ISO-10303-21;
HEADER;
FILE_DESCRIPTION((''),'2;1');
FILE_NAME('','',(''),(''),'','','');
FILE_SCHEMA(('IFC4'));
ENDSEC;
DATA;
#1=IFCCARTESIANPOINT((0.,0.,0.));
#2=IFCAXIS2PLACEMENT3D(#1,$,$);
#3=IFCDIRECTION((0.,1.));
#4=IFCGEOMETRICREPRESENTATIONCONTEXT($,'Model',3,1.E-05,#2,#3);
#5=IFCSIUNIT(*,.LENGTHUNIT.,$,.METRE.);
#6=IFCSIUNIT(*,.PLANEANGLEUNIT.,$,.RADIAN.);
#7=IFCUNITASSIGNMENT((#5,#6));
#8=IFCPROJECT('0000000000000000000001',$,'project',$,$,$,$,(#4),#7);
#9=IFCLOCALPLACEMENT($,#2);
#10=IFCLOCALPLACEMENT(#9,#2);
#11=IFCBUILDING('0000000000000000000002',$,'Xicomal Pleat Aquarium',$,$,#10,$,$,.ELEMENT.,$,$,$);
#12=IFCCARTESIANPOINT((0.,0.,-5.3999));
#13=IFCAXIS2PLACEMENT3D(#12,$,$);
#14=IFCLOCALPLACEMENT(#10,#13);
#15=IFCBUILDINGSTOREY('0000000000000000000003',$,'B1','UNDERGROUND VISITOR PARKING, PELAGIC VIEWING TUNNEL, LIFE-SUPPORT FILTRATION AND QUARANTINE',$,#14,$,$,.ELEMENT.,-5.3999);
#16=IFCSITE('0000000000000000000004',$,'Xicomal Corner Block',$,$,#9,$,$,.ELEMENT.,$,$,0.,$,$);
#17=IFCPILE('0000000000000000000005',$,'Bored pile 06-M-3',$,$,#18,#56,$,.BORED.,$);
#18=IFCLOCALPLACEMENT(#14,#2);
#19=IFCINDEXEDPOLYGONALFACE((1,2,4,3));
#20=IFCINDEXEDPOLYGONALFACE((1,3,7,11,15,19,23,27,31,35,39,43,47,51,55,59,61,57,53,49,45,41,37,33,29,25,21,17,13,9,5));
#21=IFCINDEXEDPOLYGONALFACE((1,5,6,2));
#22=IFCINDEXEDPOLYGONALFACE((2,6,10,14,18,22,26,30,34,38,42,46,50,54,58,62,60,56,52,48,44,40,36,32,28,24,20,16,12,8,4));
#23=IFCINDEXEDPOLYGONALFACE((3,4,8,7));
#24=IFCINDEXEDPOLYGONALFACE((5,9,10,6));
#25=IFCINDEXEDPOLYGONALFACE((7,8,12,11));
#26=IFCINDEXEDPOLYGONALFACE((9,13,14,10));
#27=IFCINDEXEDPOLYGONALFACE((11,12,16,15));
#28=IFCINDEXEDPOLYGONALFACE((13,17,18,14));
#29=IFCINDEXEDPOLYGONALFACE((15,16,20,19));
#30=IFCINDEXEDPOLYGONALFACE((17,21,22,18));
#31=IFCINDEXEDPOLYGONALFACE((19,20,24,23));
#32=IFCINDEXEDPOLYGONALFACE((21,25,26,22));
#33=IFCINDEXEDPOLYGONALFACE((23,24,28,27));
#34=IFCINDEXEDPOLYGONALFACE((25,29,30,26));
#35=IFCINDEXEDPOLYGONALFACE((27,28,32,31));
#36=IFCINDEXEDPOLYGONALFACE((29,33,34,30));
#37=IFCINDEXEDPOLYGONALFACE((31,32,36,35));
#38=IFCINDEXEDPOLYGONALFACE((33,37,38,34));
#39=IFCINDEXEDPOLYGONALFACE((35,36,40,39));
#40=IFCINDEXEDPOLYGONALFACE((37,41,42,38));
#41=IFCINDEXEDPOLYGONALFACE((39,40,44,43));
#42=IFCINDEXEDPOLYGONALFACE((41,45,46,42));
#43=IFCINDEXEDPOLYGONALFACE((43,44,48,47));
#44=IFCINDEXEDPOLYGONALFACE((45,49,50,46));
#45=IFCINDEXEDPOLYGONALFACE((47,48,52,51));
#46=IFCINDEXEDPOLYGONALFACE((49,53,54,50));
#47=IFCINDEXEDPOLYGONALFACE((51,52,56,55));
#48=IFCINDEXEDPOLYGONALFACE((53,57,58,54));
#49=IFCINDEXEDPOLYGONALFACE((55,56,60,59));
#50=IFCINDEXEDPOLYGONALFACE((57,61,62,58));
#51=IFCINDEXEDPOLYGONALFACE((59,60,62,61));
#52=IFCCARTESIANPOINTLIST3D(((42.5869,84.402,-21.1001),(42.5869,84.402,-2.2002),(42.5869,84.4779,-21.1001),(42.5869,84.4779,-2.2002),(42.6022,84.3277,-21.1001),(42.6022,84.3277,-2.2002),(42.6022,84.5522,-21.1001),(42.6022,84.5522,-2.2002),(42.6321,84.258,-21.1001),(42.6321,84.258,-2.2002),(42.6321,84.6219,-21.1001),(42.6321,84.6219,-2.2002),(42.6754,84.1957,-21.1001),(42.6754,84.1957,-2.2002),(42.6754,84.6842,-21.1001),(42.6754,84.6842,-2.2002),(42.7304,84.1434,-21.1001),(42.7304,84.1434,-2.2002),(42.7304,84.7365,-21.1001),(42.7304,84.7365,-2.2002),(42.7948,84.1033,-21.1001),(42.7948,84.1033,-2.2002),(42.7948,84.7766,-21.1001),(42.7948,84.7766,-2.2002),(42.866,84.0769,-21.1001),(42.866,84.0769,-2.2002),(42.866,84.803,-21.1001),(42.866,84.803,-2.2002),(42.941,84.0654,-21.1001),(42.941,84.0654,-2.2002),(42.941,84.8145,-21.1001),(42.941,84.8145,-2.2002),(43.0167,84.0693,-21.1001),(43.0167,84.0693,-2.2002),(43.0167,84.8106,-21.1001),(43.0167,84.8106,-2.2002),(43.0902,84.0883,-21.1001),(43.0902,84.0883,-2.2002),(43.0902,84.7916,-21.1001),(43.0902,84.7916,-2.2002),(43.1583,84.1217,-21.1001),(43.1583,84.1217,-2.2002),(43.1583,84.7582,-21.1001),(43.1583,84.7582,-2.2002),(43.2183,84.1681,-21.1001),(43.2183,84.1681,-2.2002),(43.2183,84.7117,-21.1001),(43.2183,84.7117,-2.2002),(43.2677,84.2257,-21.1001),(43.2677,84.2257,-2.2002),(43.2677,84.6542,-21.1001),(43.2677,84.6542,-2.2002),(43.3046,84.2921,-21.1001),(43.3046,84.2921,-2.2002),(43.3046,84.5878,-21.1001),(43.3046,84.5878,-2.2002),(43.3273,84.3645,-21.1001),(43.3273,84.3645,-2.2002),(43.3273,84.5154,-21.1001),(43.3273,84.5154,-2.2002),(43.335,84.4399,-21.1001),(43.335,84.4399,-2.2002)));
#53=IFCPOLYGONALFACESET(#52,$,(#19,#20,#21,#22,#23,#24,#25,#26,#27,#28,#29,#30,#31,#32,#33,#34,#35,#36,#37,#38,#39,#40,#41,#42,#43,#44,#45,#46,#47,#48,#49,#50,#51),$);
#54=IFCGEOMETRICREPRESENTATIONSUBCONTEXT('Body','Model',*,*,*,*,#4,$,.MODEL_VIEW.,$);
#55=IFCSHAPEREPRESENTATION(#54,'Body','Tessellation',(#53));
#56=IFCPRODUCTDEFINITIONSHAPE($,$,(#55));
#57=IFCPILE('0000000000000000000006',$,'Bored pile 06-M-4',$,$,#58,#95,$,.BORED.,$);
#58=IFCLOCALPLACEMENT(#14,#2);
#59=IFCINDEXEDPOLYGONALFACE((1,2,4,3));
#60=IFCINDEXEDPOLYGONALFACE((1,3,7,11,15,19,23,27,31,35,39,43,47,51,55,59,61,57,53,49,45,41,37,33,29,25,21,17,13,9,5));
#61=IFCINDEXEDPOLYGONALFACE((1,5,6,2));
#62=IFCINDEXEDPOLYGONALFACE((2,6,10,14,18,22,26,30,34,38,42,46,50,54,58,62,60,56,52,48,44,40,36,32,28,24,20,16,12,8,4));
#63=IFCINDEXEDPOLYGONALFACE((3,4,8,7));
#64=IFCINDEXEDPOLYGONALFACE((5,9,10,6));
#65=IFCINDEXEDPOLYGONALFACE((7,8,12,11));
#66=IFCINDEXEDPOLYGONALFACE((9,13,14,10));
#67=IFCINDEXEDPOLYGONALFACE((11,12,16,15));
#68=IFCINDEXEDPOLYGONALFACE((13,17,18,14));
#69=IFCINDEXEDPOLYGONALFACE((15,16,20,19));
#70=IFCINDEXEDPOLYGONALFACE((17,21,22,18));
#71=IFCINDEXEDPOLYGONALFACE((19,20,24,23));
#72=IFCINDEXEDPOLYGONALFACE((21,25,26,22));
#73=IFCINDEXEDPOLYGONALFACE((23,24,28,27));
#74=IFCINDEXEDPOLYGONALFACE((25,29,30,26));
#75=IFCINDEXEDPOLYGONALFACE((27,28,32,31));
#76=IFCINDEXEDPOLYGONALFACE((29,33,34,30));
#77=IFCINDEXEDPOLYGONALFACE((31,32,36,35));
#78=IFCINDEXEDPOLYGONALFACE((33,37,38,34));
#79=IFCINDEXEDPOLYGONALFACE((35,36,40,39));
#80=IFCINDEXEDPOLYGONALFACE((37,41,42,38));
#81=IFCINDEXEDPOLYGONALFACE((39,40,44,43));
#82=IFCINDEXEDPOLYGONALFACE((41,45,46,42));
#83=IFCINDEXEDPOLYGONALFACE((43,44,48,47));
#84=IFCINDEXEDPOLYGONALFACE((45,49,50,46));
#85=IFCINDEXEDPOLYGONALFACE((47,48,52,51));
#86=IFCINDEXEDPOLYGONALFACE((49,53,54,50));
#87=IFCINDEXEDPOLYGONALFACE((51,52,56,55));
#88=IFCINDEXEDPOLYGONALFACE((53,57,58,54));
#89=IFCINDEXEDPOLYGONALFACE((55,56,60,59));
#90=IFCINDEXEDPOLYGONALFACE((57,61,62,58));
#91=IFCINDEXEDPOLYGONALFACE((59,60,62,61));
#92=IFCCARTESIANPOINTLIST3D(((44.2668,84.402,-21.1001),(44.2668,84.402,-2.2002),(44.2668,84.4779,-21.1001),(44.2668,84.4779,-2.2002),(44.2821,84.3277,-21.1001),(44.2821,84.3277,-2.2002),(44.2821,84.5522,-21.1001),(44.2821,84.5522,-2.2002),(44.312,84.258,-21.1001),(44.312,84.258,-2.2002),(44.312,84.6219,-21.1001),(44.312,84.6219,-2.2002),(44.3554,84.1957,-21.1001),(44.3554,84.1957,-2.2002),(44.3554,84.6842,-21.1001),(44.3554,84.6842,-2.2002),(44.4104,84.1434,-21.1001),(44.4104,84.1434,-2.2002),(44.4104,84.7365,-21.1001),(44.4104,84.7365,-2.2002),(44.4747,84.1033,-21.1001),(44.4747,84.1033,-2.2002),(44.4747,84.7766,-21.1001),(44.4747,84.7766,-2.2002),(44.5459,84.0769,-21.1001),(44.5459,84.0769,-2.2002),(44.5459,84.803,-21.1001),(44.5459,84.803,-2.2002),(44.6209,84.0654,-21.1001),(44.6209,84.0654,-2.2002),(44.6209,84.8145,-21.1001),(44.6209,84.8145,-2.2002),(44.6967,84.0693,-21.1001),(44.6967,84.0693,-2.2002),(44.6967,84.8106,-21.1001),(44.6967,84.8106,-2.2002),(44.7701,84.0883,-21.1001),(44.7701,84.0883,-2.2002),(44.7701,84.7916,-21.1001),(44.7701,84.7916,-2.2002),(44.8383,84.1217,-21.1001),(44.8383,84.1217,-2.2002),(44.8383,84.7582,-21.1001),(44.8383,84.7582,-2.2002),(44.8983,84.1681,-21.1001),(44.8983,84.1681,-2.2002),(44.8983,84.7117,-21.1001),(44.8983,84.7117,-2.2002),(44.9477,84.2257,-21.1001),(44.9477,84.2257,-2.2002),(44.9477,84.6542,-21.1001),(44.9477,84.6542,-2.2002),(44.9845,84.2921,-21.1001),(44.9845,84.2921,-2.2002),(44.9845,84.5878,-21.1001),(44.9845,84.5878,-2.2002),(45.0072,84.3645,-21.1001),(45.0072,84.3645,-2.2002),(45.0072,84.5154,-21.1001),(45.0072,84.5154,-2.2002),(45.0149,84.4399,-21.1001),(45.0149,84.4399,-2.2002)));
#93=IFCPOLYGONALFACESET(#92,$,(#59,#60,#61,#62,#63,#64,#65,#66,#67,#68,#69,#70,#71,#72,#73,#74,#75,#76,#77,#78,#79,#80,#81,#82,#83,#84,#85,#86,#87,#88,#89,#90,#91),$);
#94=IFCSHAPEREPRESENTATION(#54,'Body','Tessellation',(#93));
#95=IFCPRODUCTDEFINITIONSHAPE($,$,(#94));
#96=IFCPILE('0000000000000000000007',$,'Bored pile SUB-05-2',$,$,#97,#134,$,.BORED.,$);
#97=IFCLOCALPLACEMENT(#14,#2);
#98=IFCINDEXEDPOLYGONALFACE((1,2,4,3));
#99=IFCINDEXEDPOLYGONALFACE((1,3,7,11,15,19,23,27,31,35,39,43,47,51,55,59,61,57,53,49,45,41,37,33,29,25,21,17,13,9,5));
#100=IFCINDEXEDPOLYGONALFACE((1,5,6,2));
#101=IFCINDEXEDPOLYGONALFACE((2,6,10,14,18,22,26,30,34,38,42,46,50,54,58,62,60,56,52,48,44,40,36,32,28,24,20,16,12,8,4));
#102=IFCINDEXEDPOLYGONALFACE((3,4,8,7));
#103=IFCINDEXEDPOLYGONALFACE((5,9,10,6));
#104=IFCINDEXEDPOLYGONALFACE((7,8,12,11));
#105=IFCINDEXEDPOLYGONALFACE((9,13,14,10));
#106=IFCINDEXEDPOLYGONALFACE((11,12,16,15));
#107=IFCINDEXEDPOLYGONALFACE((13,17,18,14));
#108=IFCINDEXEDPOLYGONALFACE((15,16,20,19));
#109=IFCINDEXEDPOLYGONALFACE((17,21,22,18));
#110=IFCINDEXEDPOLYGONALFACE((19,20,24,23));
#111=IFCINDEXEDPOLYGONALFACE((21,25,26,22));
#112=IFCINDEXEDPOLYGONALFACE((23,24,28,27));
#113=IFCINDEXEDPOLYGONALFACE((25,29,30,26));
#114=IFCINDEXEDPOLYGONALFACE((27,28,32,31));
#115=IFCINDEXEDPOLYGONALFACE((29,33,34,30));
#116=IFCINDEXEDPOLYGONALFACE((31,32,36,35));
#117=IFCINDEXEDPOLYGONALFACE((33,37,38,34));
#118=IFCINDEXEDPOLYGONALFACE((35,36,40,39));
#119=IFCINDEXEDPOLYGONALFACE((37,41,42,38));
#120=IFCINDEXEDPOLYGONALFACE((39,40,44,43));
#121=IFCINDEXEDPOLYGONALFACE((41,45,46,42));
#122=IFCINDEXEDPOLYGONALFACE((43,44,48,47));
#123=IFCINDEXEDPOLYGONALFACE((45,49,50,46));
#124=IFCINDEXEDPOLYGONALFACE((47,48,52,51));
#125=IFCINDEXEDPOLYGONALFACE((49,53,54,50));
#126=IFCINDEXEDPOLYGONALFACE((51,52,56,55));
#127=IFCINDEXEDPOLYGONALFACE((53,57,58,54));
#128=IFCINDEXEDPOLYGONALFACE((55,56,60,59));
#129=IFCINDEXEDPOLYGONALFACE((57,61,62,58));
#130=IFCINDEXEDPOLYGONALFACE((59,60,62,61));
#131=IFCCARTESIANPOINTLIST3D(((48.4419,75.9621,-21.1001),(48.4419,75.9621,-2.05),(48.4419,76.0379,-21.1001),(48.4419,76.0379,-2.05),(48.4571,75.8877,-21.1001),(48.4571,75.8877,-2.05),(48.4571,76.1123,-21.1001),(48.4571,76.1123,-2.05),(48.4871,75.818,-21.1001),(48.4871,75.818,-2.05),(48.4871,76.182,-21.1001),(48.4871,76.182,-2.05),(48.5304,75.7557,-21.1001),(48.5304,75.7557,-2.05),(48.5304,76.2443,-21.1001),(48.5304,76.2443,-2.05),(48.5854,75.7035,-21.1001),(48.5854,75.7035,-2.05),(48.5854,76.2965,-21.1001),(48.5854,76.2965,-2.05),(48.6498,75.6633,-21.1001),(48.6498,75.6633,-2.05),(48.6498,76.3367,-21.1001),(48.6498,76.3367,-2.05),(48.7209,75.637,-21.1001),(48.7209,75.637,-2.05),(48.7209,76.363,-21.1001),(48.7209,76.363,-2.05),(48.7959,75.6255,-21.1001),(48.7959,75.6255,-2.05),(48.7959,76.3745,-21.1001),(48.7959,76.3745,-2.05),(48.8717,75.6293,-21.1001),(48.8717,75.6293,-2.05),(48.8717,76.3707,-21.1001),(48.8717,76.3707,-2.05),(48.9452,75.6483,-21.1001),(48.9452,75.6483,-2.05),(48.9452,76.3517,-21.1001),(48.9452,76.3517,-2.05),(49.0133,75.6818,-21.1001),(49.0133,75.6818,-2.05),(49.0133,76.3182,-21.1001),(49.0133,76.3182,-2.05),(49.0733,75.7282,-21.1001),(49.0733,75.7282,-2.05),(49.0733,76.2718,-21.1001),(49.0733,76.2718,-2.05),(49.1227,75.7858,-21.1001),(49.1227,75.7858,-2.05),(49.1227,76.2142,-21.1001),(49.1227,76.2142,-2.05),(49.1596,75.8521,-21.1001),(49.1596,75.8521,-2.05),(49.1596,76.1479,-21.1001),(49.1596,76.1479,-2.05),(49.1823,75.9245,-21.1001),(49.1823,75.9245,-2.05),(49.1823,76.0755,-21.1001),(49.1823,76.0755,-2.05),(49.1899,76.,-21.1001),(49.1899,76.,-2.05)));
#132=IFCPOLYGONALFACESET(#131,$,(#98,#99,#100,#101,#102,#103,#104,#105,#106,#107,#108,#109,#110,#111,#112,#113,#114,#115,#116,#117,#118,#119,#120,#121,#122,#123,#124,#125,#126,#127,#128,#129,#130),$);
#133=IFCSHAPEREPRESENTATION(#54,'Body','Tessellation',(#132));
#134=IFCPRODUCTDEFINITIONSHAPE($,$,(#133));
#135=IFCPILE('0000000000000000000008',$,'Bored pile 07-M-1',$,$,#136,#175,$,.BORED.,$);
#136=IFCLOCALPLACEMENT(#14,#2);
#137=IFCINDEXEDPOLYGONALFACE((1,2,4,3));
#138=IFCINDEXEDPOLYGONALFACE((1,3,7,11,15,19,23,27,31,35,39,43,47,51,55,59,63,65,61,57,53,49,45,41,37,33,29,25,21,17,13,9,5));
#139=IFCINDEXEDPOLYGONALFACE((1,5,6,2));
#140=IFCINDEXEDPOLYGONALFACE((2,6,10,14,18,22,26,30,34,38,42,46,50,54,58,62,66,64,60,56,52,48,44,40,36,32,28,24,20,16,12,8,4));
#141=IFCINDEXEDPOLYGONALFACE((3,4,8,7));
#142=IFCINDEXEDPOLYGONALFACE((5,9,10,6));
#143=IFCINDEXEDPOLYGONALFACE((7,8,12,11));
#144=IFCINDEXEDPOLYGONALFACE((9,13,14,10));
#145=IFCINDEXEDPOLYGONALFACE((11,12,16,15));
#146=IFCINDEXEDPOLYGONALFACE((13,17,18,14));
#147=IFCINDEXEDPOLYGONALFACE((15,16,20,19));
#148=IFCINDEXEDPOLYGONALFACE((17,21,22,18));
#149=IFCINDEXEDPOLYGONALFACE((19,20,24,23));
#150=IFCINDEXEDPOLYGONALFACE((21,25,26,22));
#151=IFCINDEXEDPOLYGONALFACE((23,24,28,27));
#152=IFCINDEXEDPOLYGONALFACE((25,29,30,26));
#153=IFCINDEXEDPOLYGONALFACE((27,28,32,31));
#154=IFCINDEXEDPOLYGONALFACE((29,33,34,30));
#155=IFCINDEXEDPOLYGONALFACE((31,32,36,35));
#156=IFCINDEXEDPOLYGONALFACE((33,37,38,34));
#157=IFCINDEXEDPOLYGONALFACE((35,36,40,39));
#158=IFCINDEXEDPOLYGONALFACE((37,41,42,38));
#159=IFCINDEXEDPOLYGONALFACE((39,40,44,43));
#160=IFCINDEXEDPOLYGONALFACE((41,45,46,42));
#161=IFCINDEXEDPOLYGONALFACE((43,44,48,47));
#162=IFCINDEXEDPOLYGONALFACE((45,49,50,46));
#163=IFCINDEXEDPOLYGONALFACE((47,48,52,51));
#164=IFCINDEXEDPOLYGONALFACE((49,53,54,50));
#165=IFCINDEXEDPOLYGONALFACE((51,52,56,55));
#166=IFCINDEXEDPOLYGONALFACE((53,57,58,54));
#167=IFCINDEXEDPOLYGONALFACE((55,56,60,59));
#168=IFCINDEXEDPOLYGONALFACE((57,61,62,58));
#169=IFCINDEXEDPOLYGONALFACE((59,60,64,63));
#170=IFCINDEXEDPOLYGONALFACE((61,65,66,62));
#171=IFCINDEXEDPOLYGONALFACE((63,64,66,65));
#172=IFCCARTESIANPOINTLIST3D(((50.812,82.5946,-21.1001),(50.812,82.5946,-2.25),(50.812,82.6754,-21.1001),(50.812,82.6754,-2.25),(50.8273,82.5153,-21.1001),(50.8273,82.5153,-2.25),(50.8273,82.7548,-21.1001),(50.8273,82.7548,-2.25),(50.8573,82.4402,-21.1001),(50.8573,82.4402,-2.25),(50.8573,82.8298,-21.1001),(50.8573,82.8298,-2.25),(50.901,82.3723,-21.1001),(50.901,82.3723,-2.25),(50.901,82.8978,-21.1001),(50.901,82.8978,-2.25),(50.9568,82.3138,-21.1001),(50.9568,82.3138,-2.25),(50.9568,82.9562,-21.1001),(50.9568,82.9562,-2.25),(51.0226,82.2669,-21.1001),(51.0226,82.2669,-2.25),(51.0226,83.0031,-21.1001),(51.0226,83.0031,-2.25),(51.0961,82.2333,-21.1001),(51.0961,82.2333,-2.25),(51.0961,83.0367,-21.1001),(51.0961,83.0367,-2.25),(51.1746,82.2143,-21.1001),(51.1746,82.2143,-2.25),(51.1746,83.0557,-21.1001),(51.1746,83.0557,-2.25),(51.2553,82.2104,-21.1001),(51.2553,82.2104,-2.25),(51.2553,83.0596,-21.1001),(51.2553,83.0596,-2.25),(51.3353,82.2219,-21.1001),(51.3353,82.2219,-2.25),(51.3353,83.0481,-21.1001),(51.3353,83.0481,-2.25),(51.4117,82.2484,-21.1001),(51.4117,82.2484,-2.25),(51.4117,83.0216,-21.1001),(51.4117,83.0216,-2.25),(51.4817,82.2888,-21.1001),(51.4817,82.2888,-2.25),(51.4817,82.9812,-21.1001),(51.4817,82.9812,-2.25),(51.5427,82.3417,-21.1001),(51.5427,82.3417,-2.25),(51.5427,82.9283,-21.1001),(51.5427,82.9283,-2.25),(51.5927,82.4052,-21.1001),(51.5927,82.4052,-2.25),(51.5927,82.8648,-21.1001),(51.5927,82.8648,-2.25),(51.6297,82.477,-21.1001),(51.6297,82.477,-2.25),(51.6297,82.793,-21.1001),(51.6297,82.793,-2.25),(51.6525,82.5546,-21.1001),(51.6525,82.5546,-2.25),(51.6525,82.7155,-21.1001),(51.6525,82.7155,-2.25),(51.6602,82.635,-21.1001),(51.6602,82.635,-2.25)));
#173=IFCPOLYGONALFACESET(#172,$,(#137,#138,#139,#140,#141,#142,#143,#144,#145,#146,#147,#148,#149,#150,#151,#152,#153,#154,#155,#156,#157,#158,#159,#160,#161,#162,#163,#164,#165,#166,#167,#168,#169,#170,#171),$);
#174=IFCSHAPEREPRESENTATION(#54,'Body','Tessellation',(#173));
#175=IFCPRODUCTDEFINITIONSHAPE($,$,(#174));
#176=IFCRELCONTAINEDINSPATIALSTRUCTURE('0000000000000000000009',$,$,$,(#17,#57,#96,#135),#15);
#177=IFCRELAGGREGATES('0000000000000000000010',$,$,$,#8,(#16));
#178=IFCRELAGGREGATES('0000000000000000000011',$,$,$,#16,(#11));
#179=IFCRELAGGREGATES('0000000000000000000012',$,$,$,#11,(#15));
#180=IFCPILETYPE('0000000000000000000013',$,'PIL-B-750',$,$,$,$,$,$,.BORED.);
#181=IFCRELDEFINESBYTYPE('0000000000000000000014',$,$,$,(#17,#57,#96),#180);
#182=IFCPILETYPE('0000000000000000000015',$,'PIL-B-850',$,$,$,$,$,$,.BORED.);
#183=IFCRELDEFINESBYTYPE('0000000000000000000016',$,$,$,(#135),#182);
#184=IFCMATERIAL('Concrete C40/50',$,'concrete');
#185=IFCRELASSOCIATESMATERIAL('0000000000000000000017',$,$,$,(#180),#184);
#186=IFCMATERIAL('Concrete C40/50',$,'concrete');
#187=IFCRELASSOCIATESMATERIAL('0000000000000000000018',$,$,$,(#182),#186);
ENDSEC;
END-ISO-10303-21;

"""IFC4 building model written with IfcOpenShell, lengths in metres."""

from ifc_helpers import new_model, si_unit, direction, frame, origin, origin_2d, place, context, subcontext, project, spatial, circle, extrude, material, material_profile, profile_set, type_object, element, save


model = new_model("IFC4")

# Units and contexts
model_context = context("Model", 3, precision=1e-05, world=origin(), true_north=direction((0.0, 1.0)))
body_context = subcontext(model_context, "Body", "Model", "MODEL_VIEW")
ifc_project = project(units=[si_unit("LENGTHUNIT", "METRE"), si_unit("PLANEANGLEUNIT", "RADIAN")], contexts=[model_context])

# Site, building, storey
site_placement = place(None, origin())
site = spatial("IfcSite", under=ifc_project, at=site_placement, Name="Xicomal Corner Block", CompositionType="ELEMENT", RefElevation=0.0)
building_placement = place(site_placement, origin())
building = spatial("IfcBuilding", under=site, at=building_placement, Name="Xicomal Pleat Aquarium", CompositionType="ELEMENT")
storey_placement = place(building_placement, frame((0.0, 0.0, -5.3999)))
storey = spatial("IfcBuildingStorey", under=building, at=storey_placement, Name="B1", Description="UNDERGROUND VISITOR PARKING, PELAGIC VIEWING TUNNEL, LIFE-SUPPORT FILTRATION AND QUARANTINE", CompositionType="ELEMENT", Elevation=-5.3999)

# Piles
ifc_material_1 = material(Name="Concrete C40/50", Category="concrete")
ifc_material_profile_1 = material_profile(ifc_material_1, circle(Radius=0.375, at=origin_2d()), Name="BORED PILE D750")
ifc_profile_set_1 = profile_set([ifc_material_profile_1], Name="Concrete C40/50")
pile_type_1 = type_object("IfcPileType", Name="PIL-B-750", PredefinedType="BORED", material=ifc_profile_set_1)
for number, where, z_axis, x_axis, name in (
    (1, (42.96, 84.4399, -2.2002), (0.0, 0.0, -1.0), (1.0, 0.0, 0.0), "Bored pile 06-M-3"),
    (2, (44.6399, 84.4399, -2.2002), (0.0, 0.0, -1.0), (1.0, 0.0, 0.0), "Bored pile 06-M-4"),
):
    element("IfcPile", number, at=place(storey_placement, frame(where, z_axis=z_axis, x_axis=x_axis)), inside=storey, type_object=pile_type_1, Name=name, PredefinedType="BORED", context=body_context, shape_type="SweptSolid", body=[
        extrude(circle(Radius=0.375, at=origin_2d()), origin(), (0.0, 0.0, 1.0), 18.8999),
    ])
pile_1_placement = place(storey_placement, frame((48.8149, 76.0, -2.05), z_axis=(0.0, 0.0, -1.0), x_axis=(1.0, 0.0, 0.0)))
element("IfcPile", 3, at=pile_1_placement, inside=storey, type_object=pile_type_1, Name="Bored pile SUB-05-2", PredefinedType="BORED", context=body_context, shape_type="SweptSolid", body=[
    extrude(circle(Radius=0.375, at=origin_2d()), origin(), (0.0, 0.0, 1.0), 19.05),
])
ifc_material_2 = material(Name="Concrete C40/50", Category="concrete")
ifc_material_profile_2 = material_profile(ifc_material_2, circle(Radius=0.425, at=origin_2d()), Name="BORED PILE D850")
ifc_profile_set_2 = profile_set([ifc_material_profile_2], Name="Concrete C40/50")
pile_type_2 = type_object("IfcPileType", Name="PIL-B-850", PredefinedType="BORED", material=ifc_profile_set_2)
for number, where, z_axis, x_axis, name in (
    (4, (51.2351, 82.635, -2.25), (0.0, 0.0, -1.0), (1.0, 0.0, 0.0), "Bored pile 07-M-1"),
):
    element("IfcPile", number, at=place(storey_placement, frame(where, z_axis=z_axis, x_axis=x_axis)), inside=storey, type_object=pile_type_2, Name=name, PredefinedType="BORED", context=body_context, shape_type="SweptSolid", body=[
        extrude(circle(Radius=0.425, at=origin_2d()), origin(), (0.0, 0.0, 1.0), 18.8501),
    ])

save(model, "model.ifc")
